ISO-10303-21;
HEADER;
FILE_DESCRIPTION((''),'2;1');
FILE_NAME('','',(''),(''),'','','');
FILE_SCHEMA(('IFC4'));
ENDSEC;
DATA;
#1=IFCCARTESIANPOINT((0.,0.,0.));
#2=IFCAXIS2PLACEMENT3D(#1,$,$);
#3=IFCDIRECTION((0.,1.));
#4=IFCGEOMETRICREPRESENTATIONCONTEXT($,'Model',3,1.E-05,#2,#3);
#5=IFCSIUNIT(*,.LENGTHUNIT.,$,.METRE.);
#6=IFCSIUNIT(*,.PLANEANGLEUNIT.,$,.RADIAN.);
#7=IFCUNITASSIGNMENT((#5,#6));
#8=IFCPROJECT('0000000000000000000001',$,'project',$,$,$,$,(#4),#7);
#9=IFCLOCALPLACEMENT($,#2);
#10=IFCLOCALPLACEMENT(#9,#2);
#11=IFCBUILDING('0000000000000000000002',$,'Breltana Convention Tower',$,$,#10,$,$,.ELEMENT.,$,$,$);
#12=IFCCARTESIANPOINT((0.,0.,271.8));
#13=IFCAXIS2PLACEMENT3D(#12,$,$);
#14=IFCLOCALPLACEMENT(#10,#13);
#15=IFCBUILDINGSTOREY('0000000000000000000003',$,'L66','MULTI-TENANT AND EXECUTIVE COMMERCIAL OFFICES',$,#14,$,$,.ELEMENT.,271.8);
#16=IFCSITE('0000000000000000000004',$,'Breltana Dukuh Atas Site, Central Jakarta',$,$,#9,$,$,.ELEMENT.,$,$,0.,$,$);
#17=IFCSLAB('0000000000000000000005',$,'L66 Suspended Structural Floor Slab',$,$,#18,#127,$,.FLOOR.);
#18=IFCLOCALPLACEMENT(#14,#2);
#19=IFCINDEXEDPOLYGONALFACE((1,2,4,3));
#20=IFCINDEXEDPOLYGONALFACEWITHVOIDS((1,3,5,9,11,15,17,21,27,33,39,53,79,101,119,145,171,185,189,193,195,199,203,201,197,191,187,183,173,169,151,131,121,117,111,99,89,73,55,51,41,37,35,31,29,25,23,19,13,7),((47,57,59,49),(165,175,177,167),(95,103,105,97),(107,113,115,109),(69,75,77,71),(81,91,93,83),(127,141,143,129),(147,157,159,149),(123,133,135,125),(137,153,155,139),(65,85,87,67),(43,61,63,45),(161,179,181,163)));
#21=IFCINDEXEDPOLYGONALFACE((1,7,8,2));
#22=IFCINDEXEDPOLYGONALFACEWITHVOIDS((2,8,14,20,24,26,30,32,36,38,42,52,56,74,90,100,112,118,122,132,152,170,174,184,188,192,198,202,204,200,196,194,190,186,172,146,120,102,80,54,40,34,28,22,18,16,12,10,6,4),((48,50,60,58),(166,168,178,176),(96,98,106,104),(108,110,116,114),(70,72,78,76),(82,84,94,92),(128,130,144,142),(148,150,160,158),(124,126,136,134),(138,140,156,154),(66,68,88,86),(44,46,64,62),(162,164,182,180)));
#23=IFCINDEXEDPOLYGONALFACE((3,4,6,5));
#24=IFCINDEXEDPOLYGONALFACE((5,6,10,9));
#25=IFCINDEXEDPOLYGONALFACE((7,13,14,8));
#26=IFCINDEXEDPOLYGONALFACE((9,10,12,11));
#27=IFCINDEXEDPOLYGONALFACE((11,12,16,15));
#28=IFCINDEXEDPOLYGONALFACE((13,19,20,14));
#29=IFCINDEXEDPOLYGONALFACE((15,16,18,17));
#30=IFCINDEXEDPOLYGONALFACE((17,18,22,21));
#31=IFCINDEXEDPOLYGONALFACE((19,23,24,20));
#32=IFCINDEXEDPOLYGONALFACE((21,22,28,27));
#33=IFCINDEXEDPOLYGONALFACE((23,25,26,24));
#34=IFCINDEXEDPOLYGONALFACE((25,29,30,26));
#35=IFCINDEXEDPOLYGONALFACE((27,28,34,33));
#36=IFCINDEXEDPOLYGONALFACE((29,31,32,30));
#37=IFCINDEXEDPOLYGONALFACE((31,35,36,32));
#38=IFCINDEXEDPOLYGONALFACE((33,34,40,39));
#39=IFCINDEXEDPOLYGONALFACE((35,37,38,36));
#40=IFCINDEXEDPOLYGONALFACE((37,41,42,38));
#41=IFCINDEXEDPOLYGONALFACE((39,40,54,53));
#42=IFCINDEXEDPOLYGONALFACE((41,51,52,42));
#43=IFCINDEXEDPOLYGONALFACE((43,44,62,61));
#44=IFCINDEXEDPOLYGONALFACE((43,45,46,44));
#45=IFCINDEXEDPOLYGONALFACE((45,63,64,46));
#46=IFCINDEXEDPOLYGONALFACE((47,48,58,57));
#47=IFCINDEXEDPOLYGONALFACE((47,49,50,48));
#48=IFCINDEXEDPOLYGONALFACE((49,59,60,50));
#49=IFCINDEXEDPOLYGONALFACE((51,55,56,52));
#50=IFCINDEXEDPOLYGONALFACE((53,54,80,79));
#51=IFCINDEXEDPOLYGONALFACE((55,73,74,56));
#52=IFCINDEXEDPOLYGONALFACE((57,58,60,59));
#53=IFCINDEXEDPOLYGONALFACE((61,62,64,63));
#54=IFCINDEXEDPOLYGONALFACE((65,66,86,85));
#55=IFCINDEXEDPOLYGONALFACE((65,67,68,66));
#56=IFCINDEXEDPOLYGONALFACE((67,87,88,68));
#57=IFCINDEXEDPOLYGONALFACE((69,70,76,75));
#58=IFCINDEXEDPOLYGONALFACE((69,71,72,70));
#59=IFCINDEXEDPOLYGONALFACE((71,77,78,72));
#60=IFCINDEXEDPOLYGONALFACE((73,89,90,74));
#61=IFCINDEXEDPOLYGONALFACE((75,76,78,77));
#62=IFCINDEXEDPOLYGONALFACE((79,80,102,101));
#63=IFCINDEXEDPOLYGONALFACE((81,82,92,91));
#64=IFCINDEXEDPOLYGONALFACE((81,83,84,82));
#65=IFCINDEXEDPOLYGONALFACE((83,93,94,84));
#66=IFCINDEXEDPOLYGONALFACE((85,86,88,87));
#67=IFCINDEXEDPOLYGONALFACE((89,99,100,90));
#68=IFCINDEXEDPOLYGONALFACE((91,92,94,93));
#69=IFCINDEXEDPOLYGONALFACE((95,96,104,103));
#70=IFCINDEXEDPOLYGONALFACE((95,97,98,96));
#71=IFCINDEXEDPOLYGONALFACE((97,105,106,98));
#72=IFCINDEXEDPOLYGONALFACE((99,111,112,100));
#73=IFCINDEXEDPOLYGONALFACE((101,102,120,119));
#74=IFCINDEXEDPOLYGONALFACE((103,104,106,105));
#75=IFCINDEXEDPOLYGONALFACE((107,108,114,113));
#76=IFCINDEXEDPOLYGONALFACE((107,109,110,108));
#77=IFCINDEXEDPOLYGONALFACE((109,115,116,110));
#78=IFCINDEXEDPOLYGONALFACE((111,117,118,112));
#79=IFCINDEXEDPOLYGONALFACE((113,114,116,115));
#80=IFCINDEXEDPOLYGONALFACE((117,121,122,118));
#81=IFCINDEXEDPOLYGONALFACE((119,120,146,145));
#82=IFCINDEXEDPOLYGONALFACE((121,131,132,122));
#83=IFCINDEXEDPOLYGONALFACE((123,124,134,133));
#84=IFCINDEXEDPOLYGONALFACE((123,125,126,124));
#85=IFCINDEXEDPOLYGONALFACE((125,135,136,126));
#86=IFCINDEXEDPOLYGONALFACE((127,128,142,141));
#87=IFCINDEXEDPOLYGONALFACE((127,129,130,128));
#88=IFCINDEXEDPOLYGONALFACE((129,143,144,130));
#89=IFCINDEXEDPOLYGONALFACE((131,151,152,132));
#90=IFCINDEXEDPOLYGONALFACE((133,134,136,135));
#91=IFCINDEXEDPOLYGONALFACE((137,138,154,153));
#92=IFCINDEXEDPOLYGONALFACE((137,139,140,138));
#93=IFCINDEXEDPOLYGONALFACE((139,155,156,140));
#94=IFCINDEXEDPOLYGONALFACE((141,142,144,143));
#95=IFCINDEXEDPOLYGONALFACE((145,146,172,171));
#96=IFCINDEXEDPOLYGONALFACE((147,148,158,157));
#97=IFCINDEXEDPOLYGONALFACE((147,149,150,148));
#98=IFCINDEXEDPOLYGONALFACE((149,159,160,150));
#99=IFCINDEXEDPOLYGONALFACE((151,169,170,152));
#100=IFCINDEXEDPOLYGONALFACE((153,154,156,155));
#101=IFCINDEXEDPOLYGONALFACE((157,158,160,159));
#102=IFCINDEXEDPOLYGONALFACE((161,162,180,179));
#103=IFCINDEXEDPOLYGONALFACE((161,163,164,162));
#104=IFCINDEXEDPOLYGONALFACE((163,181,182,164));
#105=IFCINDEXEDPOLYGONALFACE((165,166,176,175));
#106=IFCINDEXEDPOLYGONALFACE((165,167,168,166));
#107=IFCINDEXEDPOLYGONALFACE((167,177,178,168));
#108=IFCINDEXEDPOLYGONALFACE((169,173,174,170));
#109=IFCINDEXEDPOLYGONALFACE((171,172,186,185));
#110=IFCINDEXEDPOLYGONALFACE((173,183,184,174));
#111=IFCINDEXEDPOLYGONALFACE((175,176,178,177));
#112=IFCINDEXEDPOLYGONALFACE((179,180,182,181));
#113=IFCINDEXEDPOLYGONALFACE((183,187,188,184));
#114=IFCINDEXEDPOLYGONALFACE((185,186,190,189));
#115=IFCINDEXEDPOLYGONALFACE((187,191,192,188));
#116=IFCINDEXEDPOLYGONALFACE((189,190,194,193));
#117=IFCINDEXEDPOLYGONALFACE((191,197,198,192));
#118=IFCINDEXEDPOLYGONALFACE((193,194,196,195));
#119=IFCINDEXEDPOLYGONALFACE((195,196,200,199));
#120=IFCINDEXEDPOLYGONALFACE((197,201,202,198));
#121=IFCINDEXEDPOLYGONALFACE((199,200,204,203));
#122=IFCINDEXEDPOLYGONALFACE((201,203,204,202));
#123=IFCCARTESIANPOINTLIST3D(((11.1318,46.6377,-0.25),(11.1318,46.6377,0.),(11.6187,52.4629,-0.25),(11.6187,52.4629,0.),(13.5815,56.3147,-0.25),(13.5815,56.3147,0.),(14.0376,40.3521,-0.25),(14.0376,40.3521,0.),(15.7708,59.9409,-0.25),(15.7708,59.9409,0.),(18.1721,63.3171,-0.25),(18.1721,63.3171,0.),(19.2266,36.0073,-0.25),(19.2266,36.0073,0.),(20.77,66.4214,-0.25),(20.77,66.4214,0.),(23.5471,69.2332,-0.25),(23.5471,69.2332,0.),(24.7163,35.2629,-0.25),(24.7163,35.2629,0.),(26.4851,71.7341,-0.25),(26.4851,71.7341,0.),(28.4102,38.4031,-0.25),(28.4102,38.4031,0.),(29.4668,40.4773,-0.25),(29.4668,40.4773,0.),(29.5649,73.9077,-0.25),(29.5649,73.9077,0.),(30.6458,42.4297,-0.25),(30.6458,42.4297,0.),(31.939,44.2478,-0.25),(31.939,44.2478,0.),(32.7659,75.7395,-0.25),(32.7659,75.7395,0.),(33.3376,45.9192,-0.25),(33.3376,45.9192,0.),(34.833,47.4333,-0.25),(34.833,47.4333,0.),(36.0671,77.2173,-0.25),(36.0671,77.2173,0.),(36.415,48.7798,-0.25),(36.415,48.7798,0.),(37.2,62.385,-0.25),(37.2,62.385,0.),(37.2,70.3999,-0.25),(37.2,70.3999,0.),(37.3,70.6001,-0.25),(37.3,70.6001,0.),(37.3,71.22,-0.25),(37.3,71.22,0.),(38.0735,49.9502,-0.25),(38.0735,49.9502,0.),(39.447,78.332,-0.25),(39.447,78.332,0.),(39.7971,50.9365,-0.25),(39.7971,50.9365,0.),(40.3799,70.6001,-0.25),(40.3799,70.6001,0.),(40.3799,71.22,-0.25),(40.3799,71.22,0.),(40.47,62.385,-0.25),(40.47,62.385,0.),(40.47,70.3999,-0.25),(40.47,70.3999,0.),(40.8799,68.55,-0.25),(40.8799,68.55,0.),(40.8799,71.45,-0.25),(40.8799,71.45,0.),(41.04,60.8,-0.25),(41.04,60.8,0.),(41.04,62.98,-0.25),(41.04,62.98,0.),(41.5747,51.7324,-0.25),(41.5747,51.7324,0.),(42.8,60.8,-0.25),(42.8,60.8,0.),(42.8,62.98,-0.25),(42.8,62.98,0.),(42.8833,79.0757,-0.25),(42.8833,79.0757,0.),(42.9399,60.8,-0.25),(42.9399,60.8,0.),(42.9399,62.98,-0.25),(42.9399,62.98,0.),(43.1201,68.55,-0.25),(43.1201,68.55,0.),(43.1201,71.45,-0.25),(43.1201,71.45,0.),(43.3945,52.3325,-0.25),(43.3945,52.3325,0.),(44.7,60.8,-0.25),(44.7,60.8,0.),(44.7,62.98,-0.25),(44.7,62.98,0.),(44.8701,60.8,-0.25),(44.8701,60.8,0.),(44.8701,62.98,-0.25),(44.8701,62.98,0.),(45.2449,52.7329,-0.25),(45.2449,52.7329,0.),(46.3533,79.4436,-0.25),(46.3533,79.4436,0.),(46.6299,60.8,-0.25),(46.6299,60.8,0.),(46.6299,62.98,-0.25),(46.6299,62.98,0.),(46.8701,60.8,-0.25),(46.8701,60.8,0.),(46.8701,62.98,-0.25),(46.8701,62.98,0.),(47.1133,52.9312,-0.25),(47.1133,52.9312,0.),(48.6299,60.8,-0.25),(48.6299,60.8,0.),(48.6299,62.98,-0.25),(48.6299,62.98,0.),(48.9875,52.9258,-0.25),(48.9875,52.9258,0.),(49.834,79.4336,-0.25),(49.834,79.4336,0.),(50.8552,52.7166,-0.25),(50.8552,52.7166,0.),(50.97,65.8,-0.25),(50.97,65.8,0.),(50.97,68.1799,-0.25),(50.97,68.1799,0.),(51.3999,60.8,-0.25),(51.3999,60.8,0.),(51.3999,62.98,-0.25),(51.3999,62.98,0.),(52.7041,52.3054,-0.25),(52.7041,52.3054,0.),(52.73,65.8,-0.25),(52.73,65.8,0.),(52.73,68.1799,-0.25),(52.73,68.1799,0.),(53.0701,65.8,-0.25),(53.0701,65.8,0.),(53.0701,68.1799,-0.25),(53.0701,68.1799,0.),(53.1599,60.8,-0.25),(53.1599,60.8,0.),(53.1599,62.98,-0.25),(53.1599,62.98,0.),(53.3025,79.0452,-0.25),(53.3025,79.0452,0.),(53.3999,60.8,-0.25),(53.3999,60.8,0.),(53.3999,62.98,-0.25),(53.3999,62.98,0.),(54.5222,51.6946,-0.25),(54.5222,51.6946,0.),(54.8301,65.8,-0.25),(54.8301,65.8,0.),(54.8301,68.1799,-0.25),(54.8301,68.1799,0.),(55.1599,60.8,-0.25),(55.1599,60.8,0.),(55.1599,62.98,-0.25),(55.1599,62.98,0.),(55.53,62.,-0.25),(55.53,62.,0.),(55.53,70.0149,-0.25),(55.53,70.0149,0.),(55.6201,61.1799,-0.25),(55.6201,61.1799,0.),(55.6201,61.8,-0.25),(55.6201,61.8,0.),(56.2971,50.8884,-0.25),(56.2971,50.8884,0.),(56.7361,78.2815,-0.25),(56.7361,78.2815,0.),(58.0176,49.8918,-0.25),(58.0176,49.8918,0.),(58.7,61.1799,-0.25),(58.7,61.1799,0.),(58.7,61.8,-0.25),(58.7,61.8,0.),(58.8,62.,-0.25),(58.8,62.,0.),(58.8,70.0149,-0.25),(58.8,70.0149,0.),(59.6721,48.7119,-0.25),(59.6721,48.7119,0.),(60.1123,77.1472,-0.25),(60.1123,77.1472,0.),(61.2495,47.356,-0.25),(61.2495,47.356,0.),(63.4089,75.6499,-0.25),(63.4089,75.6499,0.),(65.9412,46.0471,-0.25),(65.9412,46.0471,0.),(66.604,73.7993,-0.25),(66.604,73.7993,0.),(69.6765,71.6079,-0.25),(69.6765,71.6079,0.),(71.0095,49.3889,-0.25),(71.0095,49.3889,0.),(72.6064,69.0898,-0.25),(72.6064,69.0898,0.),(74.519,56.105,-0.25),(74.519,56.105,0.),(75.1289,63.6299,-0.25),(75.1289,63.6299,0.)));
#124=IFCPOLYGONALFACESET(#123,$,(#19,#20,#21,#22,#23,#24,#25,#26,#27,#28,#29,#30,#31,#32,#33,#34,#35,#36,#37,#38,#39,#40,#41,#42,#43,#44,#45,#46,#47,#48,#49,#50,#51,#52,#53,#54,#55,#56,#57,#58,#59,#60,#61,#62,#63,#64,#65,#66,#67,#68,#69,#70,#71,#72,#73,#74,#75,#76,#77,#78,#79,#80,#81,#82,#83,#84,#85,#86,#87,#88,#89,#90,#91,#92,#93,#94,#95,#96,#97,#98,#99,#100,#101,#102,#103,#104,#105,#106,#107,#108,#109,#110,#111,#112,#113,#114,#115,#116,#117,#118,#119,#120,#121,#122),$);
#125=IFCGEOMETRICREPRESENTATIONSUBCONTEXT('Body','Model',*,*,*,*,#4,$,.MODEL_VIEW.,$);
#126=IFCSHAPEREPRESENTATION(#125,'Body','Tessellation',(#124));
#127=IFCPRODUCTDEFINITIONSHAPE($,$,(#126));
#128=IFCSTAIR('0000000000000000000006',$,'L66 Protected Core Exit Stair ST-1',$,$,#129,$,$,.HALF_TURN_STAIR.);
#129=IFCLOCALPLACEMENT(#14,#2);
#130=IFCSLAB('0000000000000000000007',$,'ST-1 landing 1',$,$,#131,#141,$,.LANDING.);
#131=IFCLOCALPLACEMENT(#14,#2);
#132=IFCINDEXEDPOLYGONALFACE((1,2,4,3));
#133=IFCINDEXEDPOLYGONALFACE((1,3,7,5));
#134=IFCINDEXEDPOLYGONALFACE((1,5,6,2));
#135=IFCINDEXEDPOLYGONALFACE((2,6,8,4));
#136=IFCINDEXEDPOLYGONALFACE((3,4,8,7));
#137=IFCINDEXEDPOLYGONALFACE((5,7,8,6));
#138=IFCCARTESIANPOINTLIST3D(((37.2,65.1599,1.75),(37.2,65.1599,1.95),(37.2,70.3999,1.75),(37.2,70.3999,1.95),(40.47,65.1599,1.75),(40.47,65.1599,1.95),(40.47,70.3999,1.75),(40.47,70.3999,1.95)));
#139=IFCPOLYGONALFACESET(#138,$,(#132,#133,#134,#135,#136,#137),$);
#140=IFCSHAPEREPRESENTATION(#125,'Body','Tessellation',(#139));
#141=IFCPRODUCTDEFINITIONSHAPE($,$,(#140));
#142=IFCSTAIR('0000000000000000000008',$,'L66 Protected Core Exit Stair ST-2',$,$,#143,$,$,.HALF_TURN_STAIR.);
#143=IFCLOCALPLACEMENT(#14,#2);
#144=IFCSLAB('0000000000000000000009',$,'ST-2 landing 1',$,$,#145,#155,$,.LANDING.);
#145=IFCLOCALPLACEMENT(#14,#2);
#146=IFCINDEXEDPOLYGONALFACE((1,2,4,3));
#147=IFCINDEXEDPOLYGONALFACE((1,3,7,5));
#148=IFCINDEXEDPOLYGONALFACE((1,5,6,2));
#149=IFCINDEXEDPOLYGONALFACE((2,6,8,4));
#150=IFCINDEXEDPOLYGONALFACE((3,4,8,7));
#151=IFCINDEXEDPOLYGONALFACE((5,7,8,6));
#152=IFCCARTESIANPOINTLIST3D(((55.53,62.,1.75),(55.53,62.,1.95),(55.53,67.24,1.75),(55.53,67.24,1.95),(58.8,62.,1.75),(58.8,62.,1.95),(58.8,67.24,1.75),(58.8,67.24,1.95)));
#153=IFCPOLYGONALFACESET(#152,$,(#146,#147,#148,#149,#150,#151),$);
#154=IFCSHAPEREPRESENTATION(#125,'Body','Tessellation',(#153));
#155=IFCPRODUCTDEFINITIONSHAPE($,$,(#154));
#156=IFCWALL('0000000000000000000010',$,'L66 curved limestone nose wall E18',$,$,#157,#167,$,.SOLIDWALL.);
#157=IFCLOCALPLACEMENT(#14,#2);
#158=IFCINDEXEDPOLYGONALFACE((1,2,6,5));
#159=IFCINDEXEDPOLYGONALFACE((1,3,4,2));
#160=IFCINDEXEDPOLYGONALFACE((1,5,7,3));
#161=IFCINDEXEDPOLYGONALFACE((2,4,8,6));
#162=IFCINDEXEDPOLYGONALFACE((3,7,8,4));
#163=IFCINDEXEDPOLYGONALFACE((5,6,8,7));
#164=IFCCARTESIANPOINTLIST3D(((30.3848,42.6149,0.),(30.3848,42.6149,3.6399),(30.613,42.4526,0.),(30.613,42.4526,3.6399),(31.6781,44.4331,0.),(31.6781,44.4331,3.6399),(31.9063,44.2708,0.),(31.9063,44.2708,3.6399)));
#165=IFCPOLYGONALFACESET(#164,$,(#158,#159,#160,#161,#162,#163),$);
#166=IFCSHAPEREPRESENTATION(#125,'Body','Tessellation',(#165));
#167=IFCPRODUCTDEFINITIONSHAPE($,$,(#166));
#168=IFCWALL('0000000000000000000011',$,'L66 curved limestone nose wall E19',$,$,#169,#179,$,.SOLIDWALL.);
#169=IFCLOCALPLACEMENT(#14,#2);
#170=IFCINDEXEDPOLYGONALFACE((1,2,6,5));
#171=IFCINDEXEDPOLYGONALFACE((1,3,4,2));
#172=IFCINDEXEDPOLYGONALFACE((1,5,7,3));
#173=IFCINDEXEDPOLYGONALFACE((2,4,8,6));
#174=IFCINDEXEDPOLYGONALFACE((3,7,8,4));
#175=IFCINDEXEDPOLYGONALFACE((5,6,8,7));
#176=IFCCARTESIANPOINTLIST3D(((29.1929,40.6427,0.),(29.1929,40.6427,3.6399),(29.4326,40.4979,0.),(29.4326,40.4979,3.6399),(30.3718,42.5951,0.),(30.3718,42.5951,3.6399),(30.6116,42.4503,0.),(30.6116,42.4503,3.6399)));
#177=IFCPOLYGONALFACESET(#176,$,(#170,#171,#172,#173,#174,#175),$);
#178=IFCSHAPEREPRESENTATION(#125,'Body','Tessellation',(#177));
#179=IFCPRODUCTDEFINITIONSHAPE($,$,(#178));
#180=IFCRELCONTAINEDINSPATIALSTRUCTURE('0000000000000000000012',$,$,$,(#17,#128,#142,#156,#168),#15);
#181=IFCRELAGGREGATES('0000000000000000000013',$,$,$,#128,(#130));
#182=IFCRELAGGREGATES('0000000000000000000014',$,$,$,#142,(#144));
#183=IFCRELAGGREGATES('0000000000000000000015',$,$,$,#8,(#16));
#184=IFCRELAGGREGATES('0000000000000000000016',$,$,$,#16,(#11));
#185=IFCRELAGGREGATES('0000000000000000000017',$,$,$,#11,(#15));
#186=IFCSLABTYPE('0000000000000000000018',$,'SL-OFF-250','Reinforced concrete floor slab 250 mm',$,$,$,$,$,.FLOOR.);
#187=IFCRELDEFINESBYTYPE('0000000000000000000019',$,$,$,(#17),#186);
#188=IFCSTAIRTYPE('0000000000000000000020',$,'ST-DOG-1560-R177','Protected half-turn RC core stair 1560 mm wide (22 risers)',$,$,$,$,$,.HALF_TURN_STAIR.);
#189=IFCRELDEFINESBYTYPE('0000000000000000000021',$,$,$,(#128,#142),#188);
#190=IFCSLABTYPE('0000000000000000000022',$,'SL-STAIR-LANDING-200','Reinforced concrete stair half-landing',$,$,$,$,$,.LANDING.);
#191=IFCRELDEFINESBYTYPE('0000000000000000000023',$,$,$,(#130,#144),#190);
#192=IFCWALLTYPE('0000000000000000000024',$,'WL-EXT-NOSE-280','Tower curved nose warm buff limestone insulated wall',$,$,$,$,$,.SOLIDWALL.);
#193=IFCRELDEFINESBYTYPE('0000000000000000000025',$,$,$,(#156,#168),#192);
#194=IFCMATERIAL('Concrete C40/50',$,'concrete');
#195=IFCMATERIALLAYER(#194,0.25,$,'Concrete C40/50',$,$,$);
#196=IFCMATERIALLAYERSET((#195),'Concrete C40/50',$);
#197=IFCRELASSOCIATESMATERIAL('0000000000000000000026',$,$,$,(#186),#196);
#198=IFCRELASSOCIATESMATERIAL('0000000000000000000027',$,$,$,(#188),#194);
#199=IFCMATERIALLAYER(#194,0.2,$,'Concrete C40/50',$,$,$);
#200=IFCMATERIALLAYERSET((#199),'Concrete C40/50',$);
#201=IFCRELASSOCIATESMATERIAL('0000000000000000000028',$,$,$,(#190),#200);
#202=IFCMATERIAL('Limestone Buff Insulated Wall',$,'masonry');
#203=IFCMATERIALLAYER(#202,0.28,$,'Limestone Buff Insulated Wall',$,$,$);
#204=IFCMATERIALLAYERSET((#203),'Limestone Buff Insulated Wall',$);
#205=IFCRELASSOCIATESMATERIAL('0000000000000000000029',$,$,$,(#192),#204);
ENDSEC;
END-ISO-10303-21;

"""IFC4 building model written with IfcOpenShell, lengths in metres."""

from ifc_helpers import new_model, si_unit, direction, frame, frame_2d, origin, place, context, subcontext, project, spatial, polyline, rectangle, outline, extrude, source, transform, mapped, material, layer, layer_set, type_object, element, aggregate, save


model = new_model("IFC4")

# Units and contexts
model_context = context("Model", 3, precision=1e-05, world=origin(), true_north=direction((0.0, 1.0)))
body_context = subcontext(model_context, "Body", "Model", "MODEL_VIEW")
ifc_project = project(units=[si_unit("LENGTHUNIT", "METRE"), si_unit("PLANEANGLEUNIT", "RADIAN")], contexts=[model_context])

# Site, building, storey
site_placement = place(None, origin())
site = spatial("IfcSite", under=ifc_project, at=site_placement, Name="Breltana Dukuh Atas Site, Central Jakarta", CompositionType="ELEMENT", RefElevation=0.0)
building_placement = place(site_placement, origin())
building = spatial("IfcBuilding", under=site, at=building_placement, Name="Breltana Convention Tower", CompositionType="ELEMENT")
storey_placement = place(building_placement, frame((0.0, 0.0, 271.8)))
storey = spatial("IfcBuildingStorey", under=building, at=storey_placement, Name="L66", Description="MULTI-TENANT AND EXECUTIVE COMMERCIAL OFFICES", CompositionType="ELEMENT", Elevation=271.8)

# Slab
ifc_material_1 = material(Name="Concrete C40/50", Category="concrete")
ifc_layer_1 = layer(ifc_material_1, 0.25, Name="Concrete C40/50")
ifc_layer_set_1 = layer_set([ifc_layer_1], Name="Concrete C40/50")
slab_type_1 = type_object("IfcSlabType", Name="SL-OFF-250", Description="Reinforced concrete floor slab 250 mm", PredefinedType="FLOOR", material=ifc_layer_set_1)
slab_1_placement = place(storey_placement, frame((0.0, 0.0, -0.25)))
element("IfcSlab", 1, at=slab_1_placement, inside=storey, type_object=slab_type_1, Name="L66 Suspended Structural Floor Slab", PredefinedType="FLOOR", context=body_context, shape_type="SweptSolid", body=[
    extrude(outline(polyline([(72.6064, 69.0898), (69.6765, 71.6079), (66.604, 73.7993), (63.4089, 75.6499), (60.1123, 77.1472), (56.7361, 78.2815), (53.3025, 79.0452), (49.834, 79.4336), (46.3533, 79.4436), (42.8833, 79.0757), (39.447, 78.332), (36.0671, 77.2173), (32.7659, 75.7395), (29.5649, 73.9077), (26.4851, 71.7341), (23.5471, 69.2332), (20.77, 66.4214), (18.1721, 63.3171), (15.7708, 59.9409), (13.5815, 56.3147), (11.6187, 52.4629), (11.1318, 46.6377), (14.0376, 40.3521), (19.2266, 36.0073), (24.7163, 35.2629), (28.4102, 38.4031), (29.4668, 40.4773), (30.6458, 42.4297), (31.939, 44.2478), (33.3376, 45.9192), (34.833, 47.4333), (36.415, 48.7798), (38.0735, 49.9502), (39.7971, 50.9365), (41.5747, 51.7324), (43.3945, 52.3325), (45.2449, 52.7329), (47.1133, 52.9312), (48.9875, 52.9258), (50.8552, 52.7166), (52.7041, 52.3054), (54.5222, 51.6946), (56.2971, 50.8884), (58.0176, 49.8918), (59.6721, 48.7119), (61.2495, 47.356), (65.9412, 46.0471), (71.0095, 49.3889), (74.519, 56.105), (75.1289, 63.6299), (72.6064, 69.0898)]), holes=[polyline([(37.2, 62.385), (40.47, 62.385), (40.47, 70.3999), (37.2, 70.3999), (37.2, 62.385)]), polyline([(55.53, 62.0), (58.8, 62.0), (58.8, 70.0149), (55.53, 70.0149), (55.53, 62.0)]), polyline([(41.04, 60.8), (42.8, 60.8), (42.8, 62.98), (41.04, 62.98), (41.04, 60.8)]), polyline([(42.9399, 60.8), (44.7, 60.8), (44.7, 62.98), (42.9399, 62.98), (42.9399, 60.8)]), polyline([(44.8701, 60.8), (46.6299, 60.8), (46.6299, 62.98), (44.8701, 62.98), (44.8701, 60.8)]), polyline([(46.8701, 60.8), (48.6299, 60.8), (48.6299, 62.98), (46.8701, 62.98), (46.8701, 60.8)]), polyline([(51.3999, 60.8), (53.1599, 60.8), (53.1599, 62.98), (51.3999, 62.98), (51.3999, 60.8)]), polyline([(53.3999, 60.8), (55.1599, 60.8), (55.1599, 62.98), (53.3999, 62.98), (53.3999, 60.8)]), polyline([(50.97, 65.8), (52.73, 65.8), (52.73, 68.1799), (50.97, 68.1799), (50.97, 65.8)]), polyline([(53.0701, 65.8), (54.8301, 65.8), (54.8301, 68.1799), (53.0701, 68.1799), (53.0701, 65.8)]), polyline([(40.8799, 68.55), (43.1201, 68.55), (43.1201, 71.45), (40.8799, 71.45), (40.8799, 68.55)]), polyline([(37.3, 70.6001), (40.3799, 70.6001), (40.3799, 71.22), (37.3, 71.22), (37.3, 70.6001)]), polyline([(55.6201, 61.1799), (58.7, 61.1799), (58.7, 61.8), (55.6201, 61.8), (55.6201, 61.1799)])]), origin(), (0.0, 0.0, 1.0), 0.25),
])

# Stairs, slabs
stair_type = type_object("IfcStairType", Name="ST-DOG-1560-R177", Description="Protected half-turn RC core stair 1560 mm wide (22 risers)", PredefinedType="HALF_TURN_STAIR", material=ifc_material_1)
stair_1_placement = place(storey_placement, origin())
stair_1 = element("IfcStair", 2, at=stair_1_placement, inside=storey, type_object=stair_type, Name="L66 Protected Core Exit Stair ST-1", PredefinedType="HALF_TURN_STAIR")
ifc_layer_2 = layer(ifc_material_1, 0.2, Name="Concrete C40/50")
ifc_layer_set_2 = layer_set([ifc_layer_2], Name="Concrete C40/50")
slab_type_2 = type_object("IfcSlabType", Name="SL-STAIR-LANDING-200", Description="Reinforced concrete stair half-landing", PredefinedType="LANDING", material=ifc_layer_set_2)
slab_2_placement = place(storey_placement, frame((0.0, 0.0, 1.75)))
slab_2 = element("IfcSlab", 3, at=slab_2_placement, type_object=slab_type_2, Name="ST-1 landing 1", PredefinedType="LANDING", context=body_context, shape_type="SweptSolid", body=[
    extrude(outline(polyline([(40.47, 65.1599), (40.47, 70.3999), (37.2, 70.3999), (37.2, 65.1599), (40.47, 65.1599)])), origin(), (0.0, 0.0, 1.0), 0.2),
])
aggregate(stair_1, [slab_2])
stair_2_placement = place(storey_placement, origin())
stair_2 = element("IfcStair", 4, at=stair_2_placement, inside=storey, type_object=stair_type, Name="L66 Protected Core Exit Stair ST-2", PredefinedType="HALF_TURN_STAIR")
slab_3_placement = place(storey_placement, frame((0.0, 0.0, 1.75)))
slab_3 = element("IfcSlab", 5, at=slab_3_placement, type_object=slab_type_2, Name="ST-2 landing 1", PredefinedType="LANDING", context=body_context, shape_type="SweptSolid", body=[
    extrude(outline(polyline([(55.53, 67.24), (55.53, 62.0), (58.8, 62.0), (58.8, 67.24), (55.53, 67.24)])), origin(), (0.0, 0.0, 1.0), 0.2),
])
aggregate(stair_2, [slab_3])

# Walls
ifc_material_2 = material(Name="Limestone Buff Insulated Wall", Category="masonry")
ifc_layer_3 = layer(ifc_material_2, 0.28, Name="Limestone Buff Insulated Wall")
ifc_layer_set_3 = layer_set([ifc_layer_3], Name="Limestone Buff Insulated Wall")
wall_type_1 = type_object("IfcWallType", Name="WL-EXT-NOSE-280", Description="Tower curved nose warm buff limestone insulated wall", PredefinedType="SOLIDWALL", material=ifc_layer_set_3)
shared_shape_1 = source(origin(), body_context, "Body", "SweptSolid", [
    extrude(rectangle(XDim=2.2312, YDim=0.28, at=frame_2d((1.1157, 0.0))), origin(), (0.0, 0.0, 1.0), 3.6399),
])
wall_1_placement = place(storey_placement, frame((31.7922, 44.3521, 0.0), z_axis=(0.0, 0.0, 1.0), x_axis=(-0.579622, -0.814885, 0.0)))
element("IfcWall", 6, at=wall_1_placement, inside=storey, type_object=wall_type_1, Name="L66 curved limestone nose wall E18", PredefinedType="SOLIDWALL", context=body_context, shape_type="MappedRepresentation", body=[
    mapped(shared_shape_1, transform((0.0, 0.0, 0.0), scale=1.0)),
])
shared_shape_2 = source(origin(), body_context, "Body", "SweptSolid", [
    extrude(rectangle(XDim=2.2808, YDim=0.28, at=frame_2d((1.1404, 0.0))), origin(), (0.0, 0.0, 1.0), 3.6399),
])
wall_2_placement = place(storey_placement, frame((30.4917, 42.5227, 0.0), z_axis=(0.0, 0.0, 1.0), x_axis=(-0.516918, -0.856035, 0.0)))
element("IfcWall", 7, at=wall_2_placement, inside=storey, type_object=wall_type_1, Name="L66 curved limestone nose wall E19", PredefinedType="SOLIDWALL", context=body_context, shape_type="MappedRepresentation", body=[
    mapped(shared_shape_2, transform((0.0, 0.0, 0.0), scale=1.0)),
])

save(model, "model.ifc")
